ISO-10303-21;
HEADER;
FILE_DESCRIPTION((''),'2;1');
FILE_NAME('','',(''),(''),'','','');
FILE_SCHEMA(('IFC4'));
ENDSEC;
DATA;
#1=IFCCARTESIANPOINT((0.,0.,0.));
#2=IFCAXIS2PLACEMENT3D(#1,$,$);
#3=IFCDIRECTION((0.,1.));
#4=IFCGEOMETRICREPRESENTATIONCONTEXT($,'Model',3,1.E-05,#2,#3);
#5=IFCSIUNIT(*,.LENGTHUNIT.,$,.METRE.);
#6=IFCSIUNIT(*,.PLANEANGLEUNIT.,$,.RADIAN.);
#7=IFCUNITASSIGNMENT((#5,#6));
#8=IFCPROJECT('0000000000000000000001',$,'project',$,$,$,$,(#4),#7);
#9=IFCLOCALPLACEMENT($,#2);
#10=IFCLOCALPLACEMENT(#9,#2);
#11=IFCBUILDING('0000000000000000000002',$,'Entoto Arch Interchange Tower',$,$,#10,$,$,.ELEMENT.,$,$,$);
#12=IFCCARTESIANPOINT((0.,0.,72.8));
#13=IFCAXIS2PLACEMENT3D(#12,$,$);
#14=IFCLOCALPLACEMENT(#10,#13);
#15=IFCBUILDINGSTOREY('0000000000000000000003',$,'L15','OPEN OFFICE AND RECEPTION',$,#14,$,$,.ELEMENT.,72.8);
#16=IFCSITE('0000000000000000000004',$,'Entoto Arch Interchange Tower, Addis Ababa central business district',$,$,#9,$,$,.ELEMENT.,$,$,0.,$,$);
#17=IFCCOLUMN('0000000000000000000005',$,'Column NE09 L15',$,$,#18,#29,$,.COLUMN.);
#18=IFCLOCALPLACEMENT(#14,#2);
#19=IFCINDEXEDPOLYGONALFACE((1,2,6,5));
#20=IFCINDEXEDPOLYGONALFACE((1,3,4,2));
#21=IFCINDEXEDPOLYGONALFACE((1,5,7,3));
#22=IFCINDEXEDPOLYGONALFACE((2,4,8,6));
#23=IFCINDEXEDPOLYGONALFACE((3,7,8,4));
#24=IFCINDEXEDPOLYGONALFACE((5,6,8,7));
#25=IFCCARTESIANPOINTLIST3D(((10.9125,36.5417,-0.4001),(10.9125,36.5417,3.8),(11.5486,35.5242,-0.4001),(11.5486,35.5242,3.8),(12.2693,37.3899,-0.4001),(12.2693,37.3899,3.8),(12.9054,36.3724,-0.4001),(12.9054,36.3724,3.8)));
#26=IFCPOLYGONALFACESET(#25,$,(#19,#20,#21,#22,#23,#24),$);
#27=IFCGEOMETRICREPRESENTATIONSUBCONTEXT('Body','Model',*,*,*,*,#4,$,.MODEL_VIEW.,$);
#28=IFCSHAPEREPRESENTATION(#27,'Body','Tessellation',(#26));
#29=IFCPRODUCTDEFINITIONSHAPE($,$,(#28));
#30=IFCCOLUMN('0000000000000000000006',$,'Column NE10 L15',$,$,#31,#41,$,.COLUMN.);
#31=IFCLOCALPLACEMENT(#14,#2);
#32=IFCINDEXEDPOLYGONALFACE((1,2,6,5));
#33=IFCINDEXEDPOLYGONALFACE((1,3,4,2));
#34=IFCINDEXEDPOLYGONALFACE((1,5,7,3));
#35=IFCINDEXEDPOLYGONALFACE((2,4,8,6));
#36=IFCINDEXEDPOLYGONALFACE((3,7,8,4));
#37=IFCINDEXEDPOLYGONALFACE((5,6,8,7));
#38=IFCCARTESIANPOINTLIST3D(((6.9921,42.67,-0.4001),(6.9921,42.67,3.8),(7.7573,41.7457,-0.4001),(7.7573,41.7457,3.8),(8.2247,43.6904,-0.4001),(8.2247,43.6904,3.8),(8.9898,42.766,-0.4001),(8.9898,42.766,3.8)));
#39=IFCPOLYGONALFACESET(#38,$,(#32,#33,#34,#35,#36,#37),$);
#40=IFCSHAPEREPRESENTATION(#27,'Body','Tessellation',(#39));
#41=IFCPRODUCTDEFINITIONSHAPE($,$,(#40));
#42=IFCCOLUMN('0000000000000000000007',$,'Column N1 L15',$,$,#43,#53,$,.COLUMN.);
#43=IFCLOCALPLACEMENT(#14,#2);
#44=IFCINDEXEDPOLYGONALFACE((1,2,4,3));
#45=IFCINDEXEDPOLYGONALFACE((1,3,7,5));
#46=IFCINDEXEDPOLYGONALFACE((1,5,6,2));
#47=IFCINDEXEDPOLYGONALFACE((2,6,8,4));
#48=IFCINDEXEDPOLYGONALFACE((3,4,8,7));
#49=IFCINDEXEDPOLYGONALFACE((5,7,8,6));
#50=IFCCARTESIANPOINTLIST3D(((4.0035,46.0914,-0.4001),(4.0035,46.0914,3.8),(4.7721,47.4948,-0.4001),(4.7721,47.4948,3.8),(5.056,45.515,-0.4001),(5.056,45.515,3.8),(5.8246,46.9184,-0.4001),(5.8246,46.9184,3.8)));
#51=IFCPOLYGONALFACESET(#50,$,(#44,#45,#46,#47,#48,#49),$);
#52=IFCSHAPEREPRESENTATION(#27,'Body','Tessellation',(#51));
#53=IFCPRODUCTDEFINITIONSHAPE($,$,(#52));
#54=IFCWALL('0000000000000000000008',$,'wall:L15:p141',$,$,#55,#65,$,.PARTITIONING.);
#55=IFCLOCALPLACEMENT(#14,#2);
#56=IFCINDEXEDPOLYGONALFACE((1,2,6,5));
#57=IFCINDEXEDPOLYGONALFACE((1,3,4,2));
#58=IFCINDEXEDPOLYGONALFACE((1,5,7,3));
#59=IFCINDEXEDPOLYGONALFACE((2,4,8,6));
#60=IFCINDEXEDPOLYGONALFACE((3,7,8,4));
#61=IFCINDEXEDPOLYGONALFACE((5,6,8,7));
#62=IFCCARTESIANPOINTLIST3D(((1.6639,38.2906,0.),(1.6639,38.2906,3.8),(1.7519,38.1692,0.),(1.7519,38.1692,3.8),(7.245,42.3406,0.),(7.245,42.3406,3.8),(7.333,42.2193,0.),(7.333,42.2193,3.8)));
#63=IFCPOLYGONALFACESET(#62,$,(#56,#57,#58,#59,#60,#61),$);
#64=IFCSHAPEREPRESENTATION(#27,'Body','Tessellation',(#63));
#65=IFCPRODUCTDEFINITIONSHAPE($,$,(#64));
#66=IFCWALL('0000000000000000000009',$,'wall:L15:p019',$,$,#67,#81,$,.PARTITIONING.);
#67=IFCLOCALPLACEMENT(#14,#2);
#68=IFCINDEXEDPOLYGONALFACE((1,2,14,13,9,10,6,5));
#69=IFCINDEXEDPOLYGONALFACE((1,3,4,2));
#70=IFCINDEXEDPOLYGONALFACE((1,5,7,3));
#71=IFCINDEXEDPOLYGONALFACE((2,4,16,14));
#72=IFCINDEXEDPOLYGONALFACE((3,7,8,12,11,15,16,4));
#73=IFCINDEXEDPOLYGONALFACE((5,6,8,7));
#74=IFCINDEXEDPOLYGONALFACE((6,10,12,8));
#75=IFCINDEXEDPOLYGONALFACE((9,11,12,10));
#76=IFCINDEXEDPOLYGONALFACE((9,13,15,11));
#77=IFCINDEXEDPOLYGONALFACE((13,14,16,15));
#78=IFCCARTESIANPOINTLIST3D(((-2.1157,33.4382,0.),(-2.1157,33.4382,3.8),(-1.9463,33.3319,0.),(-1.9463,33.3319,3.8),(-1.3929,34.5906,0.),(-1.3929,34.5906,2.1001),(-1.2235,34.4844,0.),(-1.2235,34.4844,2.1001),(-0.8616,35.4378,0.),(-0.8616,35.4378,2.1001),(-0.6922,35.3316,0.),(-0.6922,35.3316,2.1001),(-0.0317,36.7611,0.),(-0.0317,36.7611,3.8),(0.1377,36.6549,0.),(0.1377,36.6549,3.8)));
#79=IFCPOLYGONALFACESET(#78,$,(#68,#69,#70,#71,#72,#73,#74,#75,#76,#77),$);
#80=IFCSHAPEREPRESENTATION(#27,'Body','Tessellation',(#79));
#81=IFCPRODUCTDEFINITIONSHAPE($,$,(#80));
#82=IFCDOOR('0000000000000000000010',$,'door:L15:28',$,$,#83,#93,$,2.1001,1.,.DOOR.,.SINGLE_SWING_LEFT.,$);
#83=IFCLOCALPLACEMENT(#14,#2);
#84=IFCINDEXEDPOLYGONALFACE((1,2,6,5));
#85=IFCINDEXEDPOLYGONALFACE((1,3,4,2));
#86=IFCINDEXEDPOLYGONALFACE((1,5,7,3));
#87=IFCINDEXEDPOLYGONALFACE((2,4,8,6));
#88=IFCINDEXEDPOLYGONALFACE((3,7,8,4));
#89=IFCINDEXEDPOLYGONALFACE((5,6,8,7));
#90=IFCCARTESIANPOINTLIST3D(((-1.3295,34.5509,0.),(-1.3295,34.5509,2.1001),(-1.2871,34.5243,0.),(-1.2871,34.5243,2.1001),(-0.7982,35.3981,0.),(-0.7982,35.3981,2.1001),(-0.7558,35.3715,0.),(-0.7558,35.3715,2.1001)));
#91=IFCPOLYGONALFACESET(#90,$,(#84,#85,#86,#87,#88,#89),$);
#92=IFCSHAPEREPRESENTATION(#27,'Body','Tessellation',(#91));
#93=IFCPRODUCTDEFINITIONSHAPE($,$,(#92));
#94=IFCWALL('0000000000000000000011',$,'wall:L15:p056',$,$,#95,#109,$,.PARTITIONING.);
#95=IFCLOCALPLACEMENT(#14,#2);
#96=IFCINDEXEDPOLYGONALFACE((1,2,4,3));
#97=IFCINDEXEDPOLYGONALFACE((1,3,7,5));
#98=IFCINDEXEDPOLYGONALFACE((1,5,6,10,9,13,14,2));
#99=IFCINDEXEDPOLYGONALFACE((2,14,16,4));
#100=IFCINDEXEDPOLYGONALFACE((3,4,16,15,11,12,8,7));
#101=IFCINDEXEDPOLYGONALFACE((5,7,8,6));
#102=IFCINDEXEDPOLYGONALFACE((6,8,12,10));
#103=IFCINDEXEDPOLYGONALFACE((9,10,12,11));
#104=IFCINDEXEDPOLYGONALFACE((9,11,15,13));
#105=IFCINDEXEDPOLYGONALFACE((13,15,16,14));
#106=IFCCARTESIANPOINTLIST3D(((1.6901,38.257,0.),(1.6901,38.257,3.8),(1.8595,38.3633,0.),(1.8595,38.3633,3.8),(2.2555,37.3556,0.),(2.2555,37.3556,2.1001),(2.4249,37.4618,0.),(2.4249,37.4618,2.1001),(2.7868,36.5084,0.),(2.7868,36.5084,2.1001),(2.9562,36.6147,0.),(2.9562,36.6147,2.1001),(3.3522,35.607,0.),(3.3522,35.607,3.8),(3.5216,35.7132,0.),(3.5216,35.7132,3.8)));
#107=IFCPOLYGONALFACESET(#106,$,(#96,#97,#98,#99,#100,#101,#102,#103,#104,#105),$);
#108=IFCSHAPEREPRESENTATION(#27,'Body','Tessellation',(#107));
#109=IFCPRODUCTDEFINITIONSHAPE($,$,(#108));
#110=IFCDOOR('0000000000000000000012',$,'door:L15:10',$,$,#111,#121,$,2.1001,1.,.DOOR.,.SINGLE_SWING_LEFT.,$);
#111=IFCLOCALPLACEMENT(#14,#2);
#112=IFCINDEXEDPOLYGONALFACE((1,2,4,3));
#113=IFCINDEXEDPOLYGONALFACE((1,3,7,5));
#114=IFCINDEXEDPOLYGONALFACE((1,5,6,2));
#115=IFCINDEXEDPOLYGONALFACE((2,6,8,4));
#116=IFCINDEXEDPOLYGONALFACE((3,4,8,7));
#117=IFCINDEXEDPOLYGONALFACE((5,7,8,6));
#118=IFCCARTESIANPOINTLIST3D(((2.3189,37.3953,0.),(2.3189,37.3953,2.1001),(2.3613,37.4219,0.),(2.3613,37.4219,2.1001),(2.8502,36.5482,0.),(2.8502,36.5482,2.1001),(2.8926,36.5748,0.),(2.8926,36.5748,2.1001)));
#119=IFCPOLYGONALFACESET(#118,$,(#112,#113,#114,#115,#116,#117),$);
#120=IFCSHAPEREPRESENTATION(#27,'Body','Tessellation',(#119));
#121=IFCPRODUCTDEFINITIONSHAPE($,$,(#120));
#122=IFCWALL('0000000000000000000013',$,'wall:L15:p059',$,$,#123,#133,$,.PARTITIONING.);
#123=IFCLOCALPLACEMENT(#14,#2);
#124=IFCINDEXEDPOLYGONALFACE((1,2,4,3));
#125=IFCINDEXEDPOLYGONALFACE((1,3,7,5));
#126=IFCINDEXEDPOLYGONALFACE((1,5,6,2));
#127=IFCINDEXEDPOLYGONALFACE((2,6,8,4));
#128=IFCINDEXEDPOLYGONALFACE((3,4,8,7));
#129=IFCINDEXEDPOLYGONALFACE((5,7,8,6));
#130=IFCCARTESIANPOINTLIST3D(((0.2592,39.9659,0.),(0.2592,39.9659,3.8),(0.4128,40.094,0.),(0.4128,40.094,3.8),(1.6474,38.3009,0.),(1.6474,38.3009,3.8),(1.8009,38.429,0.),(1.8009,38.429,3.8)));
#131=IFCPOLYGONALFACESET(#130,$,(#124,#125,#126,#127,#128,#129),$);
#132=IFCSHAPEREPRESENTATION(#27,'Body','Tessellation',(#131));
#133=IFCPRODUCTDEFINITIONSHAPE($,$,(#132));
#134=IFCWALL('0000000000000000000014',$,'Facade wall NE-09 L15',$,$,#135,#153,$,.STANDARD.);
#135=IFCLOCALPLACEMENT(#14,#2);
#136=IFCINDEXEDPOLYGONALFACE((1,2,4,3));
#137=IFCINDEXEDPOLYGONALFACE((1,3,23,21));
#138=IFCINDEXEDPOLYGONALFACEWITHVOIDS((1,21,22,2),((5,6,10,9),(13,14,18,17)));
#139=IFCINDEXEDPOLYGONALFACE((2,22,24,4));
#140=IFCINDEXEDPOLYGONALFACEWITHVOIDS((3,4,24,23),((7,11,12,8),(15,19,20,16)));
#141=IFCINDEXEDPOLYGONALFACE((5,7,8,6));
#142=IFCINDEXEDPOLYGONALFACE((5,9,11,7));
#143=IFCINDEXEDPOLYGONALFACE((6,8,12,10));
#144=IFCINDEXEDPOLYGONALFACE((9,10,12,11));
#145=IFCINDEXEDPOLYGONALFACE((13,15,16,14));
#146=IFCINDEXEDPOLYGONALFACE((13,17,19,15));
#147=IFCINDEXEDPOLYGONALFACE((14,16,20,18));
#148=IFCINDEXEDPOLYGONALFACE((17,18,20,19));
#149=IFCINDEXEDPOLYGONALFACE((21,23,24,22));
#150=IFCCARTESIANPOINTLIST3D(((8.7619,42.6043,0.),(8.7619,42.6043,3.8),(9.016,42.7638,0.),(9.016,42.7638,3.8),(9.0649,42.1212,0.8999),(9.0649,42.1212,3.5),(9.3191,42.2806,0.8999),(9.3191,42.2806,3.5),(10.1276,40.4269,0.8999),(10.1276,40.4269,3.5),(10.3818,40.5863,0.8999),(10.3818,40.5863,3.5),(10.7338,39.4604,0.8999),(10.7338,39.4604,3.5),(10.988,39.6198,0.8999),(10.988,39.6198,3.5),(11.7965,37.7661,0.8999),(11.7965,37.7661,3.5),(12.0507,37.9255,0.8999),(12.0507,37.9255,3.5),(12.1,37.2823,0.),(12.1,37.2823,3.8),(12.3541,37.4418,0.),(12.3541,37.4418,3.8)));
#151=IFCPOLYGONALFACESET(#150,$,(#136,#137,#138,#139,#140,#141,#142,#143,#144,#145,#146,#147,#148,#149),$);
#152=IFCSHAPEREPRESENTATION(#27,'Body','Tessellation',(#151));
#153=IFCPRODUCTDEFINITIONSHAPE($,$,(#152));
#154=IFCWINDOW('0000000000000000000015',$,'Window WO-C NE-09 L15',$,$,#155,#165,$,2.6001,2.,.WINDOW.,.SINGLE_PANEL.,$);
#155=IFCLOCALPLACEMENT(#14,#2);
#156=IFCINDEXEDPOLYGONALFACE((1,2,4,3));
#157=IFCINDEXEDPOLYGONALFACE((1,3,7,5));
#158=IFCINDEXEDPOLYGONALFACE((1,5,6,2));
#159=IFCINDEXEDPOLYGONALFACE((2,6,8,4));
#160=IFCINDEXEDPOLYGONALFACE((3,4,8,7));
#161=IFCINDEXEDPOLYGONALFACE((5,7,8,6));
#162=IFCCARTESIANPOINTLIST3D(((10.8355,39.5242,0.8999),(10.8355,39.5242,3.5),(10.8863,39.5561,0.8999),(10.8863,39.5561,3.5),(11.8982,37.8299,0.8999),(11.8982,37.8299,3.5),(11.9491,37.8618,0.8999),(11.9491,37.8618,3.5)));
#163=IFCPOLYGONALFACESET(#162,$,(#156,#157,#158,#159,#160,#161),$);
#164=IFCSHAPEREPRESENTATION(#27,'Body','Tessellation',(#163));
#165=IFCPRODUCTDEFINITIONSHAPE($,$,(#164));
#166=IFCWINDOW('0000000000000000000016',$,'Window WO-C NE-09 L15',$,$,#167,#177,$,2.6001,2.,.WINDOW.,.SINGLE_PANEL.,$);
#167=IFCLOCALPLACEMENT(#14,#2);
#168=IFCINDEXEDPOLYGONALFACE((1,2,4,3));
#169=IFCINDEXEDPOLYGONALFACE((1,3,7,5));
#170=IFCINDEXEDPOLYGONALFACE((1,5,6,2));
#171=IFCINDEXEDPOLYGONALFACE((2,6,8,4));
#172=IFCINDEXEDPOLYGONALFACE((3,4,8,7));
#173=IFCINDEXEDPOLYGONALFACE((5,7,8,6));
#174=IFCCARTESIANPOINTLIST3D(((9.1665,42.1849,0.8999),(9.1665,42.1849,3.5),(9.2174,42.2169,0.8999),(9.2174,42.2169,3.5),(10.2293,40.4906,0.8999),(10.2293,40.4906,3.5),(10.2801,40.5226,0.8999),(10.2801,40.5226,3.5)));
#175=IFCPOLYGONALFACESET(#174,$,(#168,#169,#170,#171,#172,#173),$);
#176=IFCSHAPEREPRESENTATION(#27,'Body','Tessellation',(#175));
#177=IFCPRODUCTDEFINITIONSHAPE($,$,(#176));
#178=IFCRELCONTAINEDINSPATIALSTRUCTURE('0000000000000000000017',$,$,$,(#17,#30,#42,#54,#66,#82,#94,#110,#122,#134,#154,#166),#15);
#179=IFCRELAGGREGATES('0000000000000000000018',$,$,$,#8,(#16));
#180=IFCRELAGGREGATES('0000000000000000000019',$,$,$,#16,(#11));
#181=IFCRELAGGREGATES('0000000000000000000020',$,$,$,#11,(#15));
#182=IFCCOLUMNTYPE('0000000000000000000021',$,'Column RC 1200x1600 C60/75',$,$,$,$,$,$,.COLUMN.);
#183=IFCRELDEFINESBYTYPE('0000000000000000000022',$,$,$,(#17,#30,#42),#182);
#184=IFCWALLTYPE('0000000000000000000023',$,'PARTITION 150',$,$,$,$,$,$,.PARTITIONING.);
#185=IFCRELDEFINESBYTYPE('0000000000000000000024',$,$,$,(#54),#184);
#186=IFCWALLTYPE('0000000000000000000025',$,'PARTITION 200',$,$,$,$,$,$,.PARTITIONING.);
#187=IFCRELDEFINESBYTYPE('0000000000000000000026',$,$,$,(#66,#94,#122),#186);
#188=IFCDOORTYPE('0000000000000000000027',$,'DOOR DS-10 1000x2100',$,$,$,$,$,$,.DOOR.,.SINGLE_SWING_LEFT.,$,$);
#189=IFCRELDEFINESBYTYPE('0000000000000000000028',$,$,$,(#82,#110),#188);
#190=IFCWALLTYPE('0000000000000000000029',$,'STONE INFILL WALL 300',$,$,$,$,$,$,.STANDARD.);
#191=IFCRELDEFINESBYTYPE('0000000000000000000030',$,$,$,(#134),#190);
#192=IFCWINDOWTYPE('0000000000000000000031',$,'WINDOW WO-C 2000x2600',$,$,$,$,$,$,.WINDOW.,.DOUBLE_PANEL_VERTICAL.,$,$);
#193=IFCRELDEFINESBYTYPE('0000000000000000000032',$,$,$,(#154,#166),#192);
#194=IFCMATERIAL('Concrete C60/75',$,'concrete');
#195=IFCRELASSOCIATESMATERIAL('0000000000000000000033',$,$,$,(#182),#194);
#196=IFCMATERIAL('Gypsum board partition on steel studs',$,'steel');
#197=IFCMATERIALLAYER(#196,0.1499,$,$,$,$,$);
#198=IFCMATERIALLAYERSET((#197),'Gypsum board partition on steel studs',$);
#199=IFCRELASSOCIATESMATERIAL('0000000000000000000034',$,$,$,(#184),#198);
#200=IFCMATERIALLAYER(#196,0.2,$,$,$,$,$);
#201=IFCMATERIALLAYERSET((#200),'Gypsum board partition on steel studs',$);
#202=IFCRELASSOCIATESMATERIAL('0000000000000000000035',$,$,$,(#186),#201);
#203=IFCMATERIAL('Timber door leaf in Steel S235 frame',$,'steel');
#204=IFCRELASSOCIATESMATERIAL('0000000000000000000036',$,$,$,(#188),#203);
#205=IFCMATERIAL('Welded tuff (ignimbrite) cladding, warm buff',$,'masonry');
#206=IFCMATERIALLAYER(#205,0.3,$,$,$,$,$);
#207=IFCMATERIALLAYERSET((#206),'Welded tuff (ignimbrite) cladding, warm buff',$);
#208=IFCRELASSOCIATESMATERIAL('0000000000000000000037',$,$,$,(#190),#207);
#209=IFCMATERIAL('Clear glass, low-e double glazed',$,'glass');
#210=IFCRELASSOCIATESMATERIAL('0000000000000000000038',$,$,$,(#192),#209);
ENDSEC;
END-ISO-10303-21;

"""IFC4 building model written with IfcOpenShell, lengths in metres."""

from ifc_helpers import new_model, si_unit, direction, frame, frame_2d, origin, origin_2d, place, context, subcontext, project, spatial, rectangle, extrude, material, layer, layer_set, material_profile, profile_set, type_object, element, fill, save


model = new_model("IFC4")

# Units and contexts
model_context = context("Model", 3, precision=1e-05, world=origin(), true_north=direction((0.0, 1.0)))
body_context = subcontext(model_context, "Body", "Model", "MODEL_VIEW")
ifc_project = project(units=[si_unit("LENGTHUNIT", "METRE"), si_unit("PLANEANGLEUNIT", "RADIAN")], contexts=[model_context])

# Site, building, storey
site_placement = place(None, origin())
site = spatial("IfcSite", under=ifc_project, at=site_placement, Name="Entoto Arch Interchange Tower, Addis Ababa central business district", CompositionType="ELEMENT", RefElevation=0.0)
building_placement = place(site_placement, origin())
building = spatial("IfcBuilding", under=site, at=building_placement, Name="Entoto Arch Interchange Tower", CompositionType="ELEMENT")
storey_placement = place(building_placement, frame((0.0, 0.0, 72.8)))
storey = spatial("IfcBuildingStorey", under=building, at=storey_placement, Name="L15", Description="OPEN OFFICE AND RECEPTION", CompositionType="ELEMENT", Elevation=72.8)

# Columns
ifc_material_1 = material(Name="Concrete C60/75", Category="concrete")
ifc_material_profile = material_profile(ifc_material_1, rectangle(XDim=1.2, YDim=1.6001, at=origin_2d()))
ifc_profile_set = profile_set([ifc_material_profile], Name="Concrete C60/75")
column_type = type_object("IfcColumnType", Name="Column RC 1200x1600 C60/75", PredefinedType="COLUMN", material=ifc_profile_set)
for number, where, z_axis, x_axis, name in (
    (1, (11.9089, 36.457, -0.4001), (0.0, 0.0, 1.0), (-0.530067, 0.847956, 0.0), "Column NE09 L15"),
    (2, (7.991, 42.718, -0.4001), (0.0, 0.0, 1.0), (-0.637666, 0.770313, 0.0), "Column NE10 L15"),
    (3, (4.9141, 46.5049, -0.4001), (0.0, 0.0, 1.0), (-0.877079, 0.480346, 0.0), "Column N1 L15"),
):
    element("IfcColumn", number, at=place(storey_placement, frame(where, z_axis=z_axis, x_axis=x_axis)), inside=storey, type_object=column_type, Name=name, PredefinedType="COLUMN", context=body_context, shape_type="SweptSolid", body=[
        extrude(rectangle(XDim=1.2, YDim=1.6001, at=origin_2d()), origin(), (0.0, 0.0, 1.0), 4.2002),
    ])

# Wall
ifc_material_2 = material(Name="Gypsum board partition on steel studs", Category="steel")
ifc_layer_1 = layer(ifc_material_2, 0.1499)
ifc_layer_set_1 = layer_set([ifc_layer_1], Name="Gypsum board partition on steel studs")
wall_type_1 = type_object("IfcWallType", Name="PARTITION 150", PredefinedType="PARTITIONING", material=ifc_layer_set_1)
wall_1_placement = place(storey_placement, frame((1.708, 38.23, 0.0), z_axis=(0.0, 0.0, 1.0), x_axis=(0.80935, 0.587327, 0.0)))
element("IfcWall", 4, at=wall_1_placement, inside=storey, type_object=wall_type_1, Name="wall:L15:p141", PredefinedType="PARTITIONING", context=body_context, shape_type="SweptSolid", body=[
    extrude(rectangle(XDim=6.8958, YDim=0.1499, at=frame_2d((3.4478, 0.0))), origin(), (0.0, 0.0, 1.0), 3.8),
])

# Walls, openings, doors
ifc_layer_2 = layer(ifc_material_2, 0.2)
ifc_layer_set_2 = layer_set([ifc_layer_2], Name="Gypsum board partition on steel studs")
wall_type_2 = type_object("IfcWallType", Name="PARTITION 200", PredefinedType="PARTITIONING", material=ifc_layer_set_2)
wall_2_placement = place(storey_placement, frame((0.053, 36.708, 0.0), z_axis=(0.0, 0.0, 1.0), x_axis=(-0.531302, -0.847183, 0.0)))
wall_2 = element("IfcWall", 5, at=wall_2_placement, inside=storey, type_object=wall_type_2, Name="wall:L15:p019", PredefinedType="PARTITIONING", context=body_context, shape_type="SweptSolid", body=[
    extrude(rectangle(XDim=3.9224, YDim=0.2, at=frame_2d((1.9612, 0.0))), origin(), (0.0, 0.0, 1.0), 3.8),
])
opening_1_placement = place(wall_2_placement, frame((1.562, 0.0, 0.0)))
opening_1 = element("IfcOpeningElement", 6, at=opening_1_placement, cuts=wall_2, PredefinedType="OPENING", context=body_context, shape_type="SweptSolid", body=[
    extrude(rectangle(XDim=1.0, YDim=2.1001, at=frame_2d((0.5, 1.05))), frame((0.0, 0.1099, 0.0), z_axis=(0.0, -1.0, 0.0), x_axis=(1.0, 0.0, 0.0)), (0.0, 0.0, 1.0), 0.22),
])
ifc_material_3 = material(Name="Timber door leaf in Steel S235 frame", Category="steel")
door_type = type_object("IfcDoorType", Name="DOOR DS-10 1000x2100", OperationType="SINGLE_SWING_LEFT", PredefinedType="DOOR", material=ifc_material_3)
door_1_placement = place(opening_1_placement, origin())
door_1 = element("IfcDoor", 7, at=door_1_placement, inside=storey, type_object=door_type, Name="door:L15:28", OperationType="SINGLE_SWING_LEFT", OverallHeight=2.1001, OverallWidth=1.0, PredefinedType="DOOR", context=body_context, shape_type="SweptSolid", body=[
    extrude(rectangle(XDim=1.0, YDim=2.1001, at=frame_2d((0.5, 1.05))), frame((0.0, 0.0249, 0.0), z_axis=(0.0, -1.0, 0.0), x_axis=(1.0, 0.0, 0.0)), (0.0, 0.0, 1.0), 0.05),
])
fill(opening_1, door_1)
wall_3_placement = place(storey_placement, frame((1.7749, 38.3101, 0.0), z_axis=(0.0, 0.0, 1.0), x_axis=(0.531324, -0.847169, 0.0)))
wall_3 = element("IfcWall", 8, at=wall_3_placement, inside=storey, type_object=wall_type_2, Name="wall:L15:p056", PredefinedType="PARTITIONING", context=body_context, shape_type="SweptSolid", body=[
    extrude(rectangle(XDim=3.1282, YDim=0.2, at=frame_2d((1.564, 0.0))), origin(), (0.0, 0.0, 1.0), 3.8),
])
opening_2_placement = place(wall_3_placement, frame((1.064, 0.0, 0.0)))
opening_2 = element("IfcOpeningElement", 9, at=opening_2_placement, cuts=wall_3, PredefinedType="OPENING", context=body_context, shape_type="SweptSolid", body=[
    extrude(rectangle(XDim=1.0, YDim=2.1001, at=frame_2d((0.5, 1.05))), frame((0.0, 0.1099, 0.0), z_axis=(0.0, -1.0, 0.0), x_axis=(1.0, 0.0, 0.0)), (0.0, 0.0, 1.0), 0.22),
])
door_2_placement = place(opening_2_placement, origin())
door_2 = element("IfcDoor", 10, at=door_2_placement, inside=storey, type_object=door_type, Name="door:L15:10", OperationType="SINGLE_SWING_LEFT", OverallHeight=2.1001, OverallWidth=1.0, PredefinedType="DOOR", context=body_context, shape_type="SweptSolid", body=[
    extrude(rectangle(XDim=1.0, YDim=2.1001, at=frame_2d((0.5, 1.05))), frame((0.0, 0.0249, 0.0), z_axis=(0.0, -1.0, 0.0), x_axis=(1.0, 0.0, 0.0)), (0.0, 0.0, 1.0), 0.05),
])
fill(opening_2, door_2)

# Wall
wall_4_placement = place(storey_placement, frame((0.3359, 40.03, 0.0), z_axis=(0.0, 0.0, 1.0), x_axis=(0.640362, -0.768074, 0.0)))
element("IfcWall", 11, at=wall_4_placement, inside=storey, type_object=wall_type_2, Name="wall:L15:p059", PredefinedType="PARTITIONING", context=body_context, shape_type="SweptSolid", body=[
    extrude(rectangle(XDim=2.1677, YDim=0.2, at=frame_2d((1.084, 0.0))), origin(), (0.0, 0.0, 1.0), 3.8),
])

# Wall, openings, windows
ifc_material_4 = material(Name="Welded tuff (ignimbrite) cladding, warm buff", Category="masonry")
ifc_layer_3 = layer(ifc_material_4, 0.3)
ifc_layer_set_3 = layer_set([ifc_layer_3], Name="Welded tuff (ignimbrite) cladding, warm buff")
wall_type_3 = type_object("IfcWallType", Name="STONE INFILL WALL 300", PredefinedType="STANDARD", material=ifc_layer_set_3)
wall_5_placement = place(storey_placement, frame((12.2271, 37.3621, 0.0), z_axis=(0.0, 0.0, 1.0), x_axis=(-0.531357, 0.847148, 0.0)))
wall_5 = element("IfcWall", 12, at=wall_5_placement, inside=storey, type_object=wall_type_3, Name="Facade wall NE-09 L15", PredefinedType="STANDARD", context=body_context, shape_type="SweptSolid", body=[
    extrude(rectangle(XDim=6.2822, YDim=0.3, at=frame_2d((3.1411, 0.0))), origin(), (0.0, 0.0, 1.0), 3.8),
])
opening_3_placement = place(wall_5_placement, frame((0.571, 0.0, 0.8999)))
opening_3 = element("IfcOpeningElement", 13, at=opening_3_placement, cuts=wall_5, PredefinedType="OPENING", context=body_context, shape_type="SweptSolid", body=[
    extrude(rectangle(XDim=2.0, YDim=2.6001, at=frame_2d((1.0, 1.3))), frame((0.0, 0.1602, 0.0), z_axis=(0.0, -1.0, 0.0), x_axis=(1.0, 0.0, 0.0)), (0.0, 0.0, 1.0), 0.3201),
])
opening_4_placement = place(wall_5_placement, frame((3.7119, 0.0, 0.8999)))
opening_4 = element("IfcOpeningElement", 14, at=opening_4_placement, cuts=wall_5, PredefinedType="OPENING", context=body_context, shape_type="SweptSolid", body=[
    extrude(rectangle(XDim=2.0, YDim=2.6001, at=frame_2d((1.0, 1.3))), frame((0.0, 0.1602, 0.0), z_axis=(0.0, -1.0, 0.0), x_axis=(1.0, 0.0, 0.0)), (0.0, 0.0, 1.0), 0.3201),
])
ifc_material_5 = material(Name="Clear glass, low-e double glazed", Category="glass")
window_type_1 = type_object("IfcWindowType", Name="WINDOW WO-C 2000x2600", PartitioningType="DOUBLE_PANEL_VERTICAL", PredefinedType="WINDOW", material=ifc_material_5)
window_1_placement = place(opening_3_placement, origin())
window_1 = element("IfcWindow", 15, at=window_1_placement, inside=storey, type_object=window_type_1, Name="Window WO-C NE-09 L15", OverallHeight=2.6001, OverallWidth=2.0, PartitioningType="SINGLE_PANEL", PredefinedType="WINDOW", context=body_context, shape_type="SweptSolid", body=[
    extrude(rectangle(XDim=2.0, YDim=2.6001, at=frame_2d((1.0, 1.3))), frame((0.0, 0.03, 0.0), z_axis=(0.0, -1.0, 0.0), x_axis=(1.0, 0.0, 0.0)), (0.0, 0.0, 1.0), 0.0601),
])
fill(opening_3, window_1)
window_2_placement = place(opening_4_placement, origin())
window_2 = element("IfcWindow", 16, at=window_2_placement, inside=storey, type_object=window_type_1, Name="Window WO-C NE-09 L15", OverallHeight=2.6001, OverallWidth=2.0, PartitioningType="SINGLE_PANEL", PredefinedType="WINDOW", context=body_context, shape_type="SweptSolid", body=[
    extrude(rectangle(XDim=2.0, YDim=2.6001, at=frame_2d((1.0, 1.3))), frame((0.0, 0.03, 0.0), z_axis=(0.0, -1.0, 0.0), x_axis=(1.0, 0.0, 0.0)), (0.0, 0.0, 1.0), 0.0601),
])
fill(opening_4, window_2)

save(model, "model.ifc")
